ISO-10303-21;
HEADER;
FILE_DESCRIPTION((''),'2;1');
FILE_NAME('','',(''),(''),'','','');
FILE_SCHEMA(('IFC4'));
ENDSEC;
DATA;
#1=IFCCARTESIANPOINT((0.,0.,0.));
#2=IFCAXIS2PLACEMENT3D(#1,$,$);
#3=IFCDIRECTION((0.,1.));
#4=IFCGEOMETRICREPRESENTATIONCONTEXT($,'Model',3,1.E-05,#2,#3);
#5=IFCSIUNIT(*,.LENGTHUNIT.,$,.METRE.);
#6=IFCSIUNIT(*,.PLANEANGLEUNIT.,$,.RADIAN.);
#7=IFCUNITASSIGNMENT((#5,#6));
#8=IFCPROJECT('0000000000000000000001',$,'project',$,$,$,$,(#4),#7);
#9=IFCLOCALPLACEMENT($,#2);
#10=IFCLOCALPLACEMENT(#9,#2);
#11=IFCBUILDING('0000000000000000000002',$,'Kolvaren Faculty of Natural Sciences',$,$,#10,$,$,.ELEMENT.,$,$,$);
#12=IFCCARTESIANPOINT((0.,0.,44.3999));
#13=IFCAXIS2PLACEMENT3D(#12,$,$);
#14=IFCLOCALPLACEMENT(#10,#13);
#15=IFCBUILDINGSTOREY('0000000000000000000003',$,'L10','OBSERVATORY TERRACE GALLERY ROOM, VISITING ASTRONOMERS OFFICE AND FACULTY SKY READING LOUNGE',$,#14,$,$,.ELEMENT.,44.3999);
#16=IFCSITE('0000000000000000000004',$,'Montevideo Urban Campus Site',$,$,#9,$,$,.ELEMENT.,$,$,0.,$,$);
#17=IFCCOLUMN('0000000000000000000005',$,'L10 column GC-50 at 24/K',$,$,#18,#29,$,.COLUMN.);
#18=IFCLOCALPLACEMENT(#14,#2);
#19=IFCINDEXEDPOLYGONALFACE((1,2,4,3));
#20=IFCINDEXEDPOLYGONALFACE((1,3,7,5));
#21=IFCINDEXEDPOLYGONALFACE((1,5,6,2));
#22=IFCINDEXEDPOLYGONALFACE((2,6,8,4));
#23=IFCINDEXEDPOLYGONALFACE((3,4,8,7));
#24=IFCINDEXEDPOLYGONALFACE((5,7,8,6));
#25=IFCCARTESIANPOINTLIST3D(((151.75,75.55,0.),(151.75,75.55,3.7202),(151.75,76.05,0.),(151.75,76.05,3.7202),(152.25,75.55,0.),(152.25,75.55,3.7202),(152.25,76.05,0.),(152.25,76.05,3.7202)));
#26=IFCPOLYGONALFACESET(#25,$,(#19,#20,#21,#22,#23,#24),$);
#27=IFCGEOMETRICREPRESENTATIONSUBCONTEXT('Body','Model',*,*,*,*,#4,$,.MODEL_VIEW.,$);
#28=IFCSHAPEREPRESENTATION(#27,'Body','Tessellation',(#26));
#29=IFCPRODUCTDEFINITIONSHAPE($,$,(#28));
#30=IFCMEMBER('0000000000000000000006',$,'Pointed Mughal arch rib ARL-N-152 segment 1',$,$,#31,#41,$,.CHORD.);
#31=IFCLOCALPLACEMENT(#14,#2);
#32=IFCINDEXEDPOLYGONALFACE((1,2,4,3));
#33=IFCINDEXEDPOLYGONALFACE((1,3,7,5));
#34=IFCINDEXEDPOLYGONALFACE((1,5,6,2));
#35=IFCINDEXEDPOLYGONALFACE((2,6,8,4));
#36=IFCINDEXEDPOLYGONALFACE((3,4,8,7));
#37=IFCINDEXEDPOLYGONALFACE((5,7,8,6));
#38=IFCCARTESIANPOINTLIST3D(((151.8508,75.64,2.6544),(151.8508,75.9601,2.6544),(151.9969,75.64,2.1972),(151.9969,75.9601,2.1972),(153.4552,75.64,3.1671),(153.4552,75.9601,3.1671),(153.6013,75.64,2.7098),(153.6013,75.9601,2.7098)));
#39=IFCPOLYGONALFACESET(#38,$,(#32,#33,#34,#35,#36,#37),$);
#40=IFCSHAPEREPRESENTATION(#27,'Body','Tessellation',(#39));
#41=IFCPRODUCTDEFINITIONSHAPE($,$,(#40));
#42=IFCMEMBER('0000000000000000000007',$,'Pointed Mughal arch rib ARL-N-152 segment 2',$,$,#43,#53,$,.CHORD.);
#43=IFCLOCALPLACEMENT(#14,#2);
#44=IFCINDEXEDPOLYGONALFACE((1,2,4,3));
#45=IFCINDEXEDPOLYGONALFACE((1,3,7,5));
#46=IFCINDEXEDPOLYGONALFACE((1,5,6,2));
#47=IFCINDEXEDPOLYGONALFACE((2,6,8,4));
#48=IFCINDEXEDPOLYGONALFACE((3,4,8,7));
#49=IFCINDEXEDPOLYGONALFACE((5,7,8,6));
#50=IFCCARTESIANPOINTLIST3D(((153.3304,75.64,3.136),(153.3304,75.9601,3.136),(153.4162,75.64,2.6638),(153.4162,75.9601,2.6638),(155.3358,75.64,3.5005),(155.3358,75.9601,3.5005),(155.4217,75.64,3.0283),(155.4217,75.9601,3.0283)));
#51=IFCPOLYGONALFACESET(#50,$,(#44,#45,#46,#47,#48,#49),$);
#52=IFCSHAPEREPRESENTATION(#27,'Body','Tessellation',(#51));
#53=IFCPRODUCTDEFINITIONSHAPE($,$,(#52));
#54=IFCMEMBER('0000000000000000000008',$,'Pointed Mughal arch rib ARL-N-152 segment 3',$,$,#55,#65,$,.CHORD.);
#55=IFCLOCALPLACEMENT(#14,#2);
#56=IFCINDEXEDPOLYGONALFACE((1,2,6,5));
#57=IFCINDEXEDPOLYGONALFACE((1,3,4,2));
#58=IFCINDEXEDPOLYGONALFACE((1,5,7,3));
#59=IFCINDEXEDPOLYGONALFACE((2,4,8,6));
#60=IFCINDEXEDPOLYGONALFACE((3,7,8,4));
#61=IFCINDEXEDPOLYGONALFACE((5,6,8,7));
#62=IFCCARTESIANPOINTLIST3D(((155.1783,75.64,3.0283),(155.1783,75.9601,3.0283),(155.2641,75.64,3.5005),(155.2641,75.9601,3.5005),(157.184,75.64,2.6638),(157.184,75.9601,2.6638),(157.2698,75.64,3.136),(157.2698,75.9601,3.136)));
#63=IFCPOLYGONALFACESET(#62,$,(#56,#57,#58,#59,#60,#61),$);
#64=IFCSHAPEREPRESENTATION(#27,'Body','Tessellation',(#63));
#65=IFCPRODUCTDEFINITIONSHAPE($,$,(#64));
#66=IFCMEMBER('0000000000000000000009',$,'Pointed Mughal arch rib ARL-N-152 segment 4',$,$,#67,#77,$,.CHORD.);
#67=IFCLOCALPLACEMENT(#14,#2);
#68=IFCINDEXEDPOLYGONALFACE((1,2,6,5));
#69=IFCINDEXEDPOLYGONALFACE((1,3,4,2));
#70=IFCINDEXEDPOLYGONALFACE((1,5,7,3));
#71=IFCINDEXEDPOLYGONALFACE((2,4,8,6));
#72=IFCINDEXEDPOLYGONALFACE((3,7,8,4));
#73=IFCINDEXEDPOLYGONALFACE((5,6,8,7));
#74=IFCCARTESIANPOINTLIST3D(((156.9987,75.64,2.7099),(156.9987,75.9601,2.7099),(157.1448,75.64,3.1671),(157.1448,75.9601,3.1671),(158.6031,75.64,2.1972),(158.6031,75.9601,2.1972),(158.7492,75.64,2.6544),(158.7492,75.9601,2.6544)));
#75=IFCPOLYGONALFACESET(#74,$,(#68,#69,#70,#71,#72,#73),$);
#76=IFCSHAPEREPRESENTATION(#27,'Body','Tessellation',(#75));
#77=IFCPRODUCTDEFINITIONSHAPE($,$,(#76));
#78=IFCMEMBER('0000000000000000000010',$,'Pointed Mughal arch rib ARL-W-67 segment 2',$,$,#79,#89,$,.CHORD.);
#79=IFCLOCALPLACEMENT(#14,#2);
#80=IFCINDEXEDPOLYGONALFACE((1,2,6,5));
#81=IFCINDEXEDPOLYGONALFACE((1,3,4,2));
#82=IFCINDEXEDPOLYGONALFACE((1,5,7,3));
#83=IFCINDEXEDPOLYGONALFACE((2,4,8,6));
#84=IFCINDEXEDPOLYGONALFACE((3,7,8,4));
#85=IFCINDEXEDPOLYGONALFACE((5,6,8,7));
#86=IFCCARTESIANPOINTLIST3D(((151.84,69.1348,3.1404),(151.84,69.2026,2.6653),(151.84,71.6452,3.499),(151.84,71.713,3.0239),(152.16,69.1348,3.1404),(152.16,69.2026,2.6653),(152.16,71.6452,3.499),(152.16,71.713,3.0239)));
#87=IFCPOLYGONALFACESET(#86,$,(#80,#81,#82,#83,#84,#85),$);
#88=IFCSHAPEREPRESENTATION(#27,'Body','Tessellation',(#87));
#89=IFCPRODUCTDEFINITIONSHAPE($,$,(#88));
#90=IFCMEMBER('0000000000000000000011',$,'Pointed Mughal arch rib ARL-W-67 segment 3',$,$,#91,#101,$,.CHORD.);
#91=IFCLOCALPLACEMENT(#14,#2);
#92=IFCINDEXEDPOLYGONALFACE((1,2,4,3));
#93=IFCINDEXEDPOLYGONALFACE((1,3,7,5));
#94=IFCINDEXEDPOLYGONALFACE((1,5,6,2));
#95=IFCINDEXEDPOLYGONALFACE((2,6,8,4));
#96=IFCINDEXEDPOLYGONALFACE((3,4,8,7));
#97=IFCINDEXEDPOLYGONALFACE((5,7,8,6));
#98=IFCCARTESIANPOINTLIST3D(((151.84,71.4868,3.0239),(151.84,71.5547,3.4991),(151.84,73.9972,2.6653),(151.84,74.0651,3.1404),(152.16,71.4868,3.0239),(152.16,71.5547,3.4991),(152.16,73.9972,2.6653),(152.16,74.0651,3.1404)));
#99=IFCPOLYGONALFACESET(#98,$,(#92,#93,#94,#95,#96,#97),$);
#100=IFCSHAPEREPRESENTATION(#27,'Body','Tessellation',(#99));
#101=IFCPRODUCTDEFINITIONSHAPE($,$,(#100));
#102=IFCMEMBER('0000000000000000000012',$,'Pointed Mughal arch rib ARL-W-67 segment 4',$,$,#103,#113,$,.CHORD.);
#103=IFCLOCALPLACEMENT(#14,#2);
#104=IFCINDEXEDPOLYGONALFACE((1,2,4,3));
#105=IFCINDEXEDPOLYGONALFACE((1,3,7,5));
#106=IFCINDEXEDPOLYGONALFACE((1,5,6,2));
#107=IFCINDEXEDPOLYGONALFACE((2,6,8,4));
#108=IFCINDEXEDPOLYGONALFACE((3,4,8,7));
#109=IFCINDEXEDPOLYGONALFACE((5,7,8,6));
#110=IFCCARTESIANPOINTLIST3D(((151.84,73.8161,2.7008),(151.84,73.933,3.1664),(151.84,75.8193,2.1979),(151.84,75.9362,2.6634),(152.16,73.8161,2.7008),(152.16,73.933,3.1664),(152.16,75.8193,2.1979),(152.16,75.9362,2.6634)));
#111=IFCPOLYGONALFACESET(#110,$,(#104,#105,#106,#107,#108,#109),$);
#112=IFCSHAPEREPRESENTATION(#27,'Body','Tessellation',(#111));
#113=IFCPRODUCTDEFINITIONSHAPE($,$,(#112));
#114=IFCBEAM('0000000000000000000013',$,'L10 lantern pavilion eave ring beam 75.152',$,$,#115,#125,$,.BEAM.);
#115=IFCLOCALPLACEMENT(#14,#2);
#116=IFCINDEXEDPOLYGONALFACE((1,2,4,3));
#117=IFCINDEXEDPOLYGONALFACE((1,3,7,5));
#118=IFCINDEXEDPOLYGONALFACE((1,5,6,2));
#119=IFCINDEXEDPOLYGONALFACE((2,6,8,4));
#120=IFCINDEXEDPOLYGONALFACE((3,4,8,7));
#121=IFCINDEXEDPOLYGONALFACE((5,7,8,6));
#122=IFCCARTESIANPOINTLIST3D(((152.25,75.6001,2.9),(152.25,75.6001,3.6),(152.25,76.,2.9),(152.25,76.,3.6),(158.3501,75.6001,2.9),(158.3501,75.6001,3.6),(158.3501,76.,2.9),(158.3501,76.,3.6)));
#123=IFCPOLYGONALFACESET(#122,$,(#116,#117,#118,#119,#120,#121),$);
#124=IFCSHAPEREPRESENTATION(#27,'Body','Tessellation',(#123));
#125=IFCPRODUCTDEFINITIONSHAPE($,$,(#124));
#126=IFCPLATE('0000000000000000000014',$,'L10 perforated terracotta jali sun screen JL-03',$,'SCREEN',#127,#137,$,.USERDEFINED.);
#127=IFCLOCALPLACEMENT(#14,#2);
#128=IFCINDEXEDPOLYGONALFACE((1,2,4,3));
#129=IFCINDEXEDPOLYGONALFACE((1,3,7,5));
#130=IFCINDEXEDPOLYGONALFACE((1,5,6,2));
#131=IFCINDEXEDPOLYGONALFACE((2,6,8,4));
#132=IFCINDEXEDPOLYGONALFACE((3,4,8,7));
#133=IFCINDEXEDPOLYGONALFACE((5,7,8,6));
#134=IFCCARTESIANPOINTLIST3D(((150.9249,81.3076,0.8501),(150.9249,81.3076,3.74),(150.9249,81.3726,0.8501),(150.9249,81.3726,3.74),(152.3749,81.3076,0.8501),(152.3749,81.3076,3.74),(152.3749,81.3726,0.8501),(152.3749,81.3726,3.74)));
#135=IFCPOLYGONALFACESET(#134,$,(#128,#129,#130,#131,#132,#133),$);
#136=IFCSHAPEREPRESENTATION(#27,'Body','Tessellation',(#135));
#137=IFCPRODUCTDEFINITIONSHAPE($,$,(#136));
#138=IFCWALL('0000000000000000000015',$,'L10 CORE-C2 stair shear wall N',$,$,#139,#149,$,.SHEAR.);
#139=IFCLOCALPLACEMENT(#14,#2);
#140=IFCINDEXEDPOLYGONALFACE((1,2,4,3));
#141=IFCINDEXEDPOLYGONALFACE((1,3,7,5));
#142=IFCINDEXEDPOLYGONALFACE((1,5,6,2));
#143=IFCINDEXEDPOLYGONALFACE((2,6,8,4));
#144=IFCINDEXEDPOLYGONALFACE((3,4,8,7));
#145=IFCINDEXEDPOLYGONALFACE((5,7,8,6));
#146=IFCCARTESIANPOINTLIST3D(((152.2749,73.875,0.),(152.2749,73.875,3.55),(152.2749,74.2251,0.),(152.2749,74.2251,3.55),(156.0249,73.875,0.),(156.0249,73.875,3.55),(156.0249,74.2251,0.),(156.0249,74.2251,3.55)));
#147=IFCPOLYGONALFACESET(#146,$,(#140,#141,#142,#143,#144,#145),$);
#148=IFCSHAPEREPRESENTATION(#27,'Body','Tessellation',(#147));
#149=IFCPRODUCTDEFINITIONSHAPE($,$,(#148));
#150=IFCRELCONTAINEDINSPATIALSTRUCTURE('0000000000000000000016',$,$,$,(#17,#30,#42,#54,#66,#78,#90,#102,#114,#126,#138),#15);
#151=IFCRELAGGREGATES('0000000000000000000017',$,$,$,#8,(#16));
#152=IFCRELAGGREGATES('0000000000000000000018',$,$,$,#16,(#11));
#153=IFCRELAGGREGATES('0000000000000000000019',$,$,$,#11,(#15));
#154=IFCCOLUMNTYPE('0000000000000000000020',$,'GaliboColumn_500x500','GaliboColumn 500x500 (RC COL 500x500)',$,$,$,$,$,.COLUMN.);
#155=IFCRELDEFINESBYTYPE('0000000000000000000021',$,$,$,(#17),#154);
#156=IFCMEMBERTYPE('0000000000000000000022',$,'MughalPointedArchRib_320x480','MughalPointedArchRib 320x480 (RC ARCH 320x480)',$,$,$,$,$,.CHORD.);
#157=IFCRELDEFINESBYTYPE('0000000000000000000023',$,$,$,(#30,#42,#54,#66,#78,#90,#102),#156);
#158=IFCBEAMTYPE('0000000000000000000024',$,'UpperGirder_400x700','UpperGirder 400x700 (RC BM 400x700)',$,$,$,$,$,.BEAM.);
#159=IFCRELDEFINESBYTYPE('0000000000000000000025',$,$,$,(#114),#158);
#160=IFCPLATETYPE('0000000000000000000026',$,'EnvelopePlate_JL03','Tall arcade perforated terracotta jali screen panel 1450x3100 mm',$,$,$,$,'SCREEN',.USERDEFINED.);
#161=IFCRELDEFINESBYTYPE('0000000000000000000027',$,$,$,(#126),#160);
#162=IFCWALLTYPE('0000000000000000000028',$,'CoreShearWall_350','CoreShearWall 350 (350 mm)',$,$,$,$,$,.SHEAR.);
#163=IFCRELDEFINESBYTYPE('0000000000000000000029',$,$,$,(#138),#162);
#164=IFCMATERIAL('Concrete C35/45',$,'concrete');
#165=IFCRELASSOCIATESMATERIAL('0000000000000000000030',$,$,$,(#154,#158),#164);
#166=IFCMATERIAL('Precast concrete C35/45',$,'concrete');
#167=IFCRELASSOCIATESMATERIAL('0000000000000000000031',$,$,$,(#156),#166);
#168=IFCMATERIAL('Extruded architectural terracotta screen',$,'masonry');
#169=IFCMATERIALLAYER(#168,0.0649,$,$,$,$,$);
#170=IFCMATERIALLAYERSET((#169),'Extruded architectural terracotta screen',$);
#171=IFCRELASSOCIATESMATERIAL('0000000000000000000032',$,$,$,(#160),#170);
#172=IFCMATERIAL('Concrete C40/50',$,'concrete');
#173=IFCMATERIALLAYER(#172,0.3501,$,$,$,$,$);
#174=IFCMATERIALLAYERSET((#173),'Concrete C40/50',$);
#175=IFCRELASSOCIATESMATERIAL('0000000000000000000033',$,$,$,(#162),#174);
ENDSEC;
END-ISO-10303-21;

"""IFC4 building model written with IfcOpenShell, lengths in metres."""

from ifc_helpers import new_model, si_unit, direction, frame, frame_2d, origin, origin_2d, place, context, subcontext, project, spatial, rectangle, extrude, material, layer, layer_set, material_profile, profile_set, type_object, element, save


model = new_model("IFC4")

# Units and contexts
model_context = context("Model", 3, precision=1e-05, world=origin(), true_north=direction((0.0, 1.0)))
body_context = subcontext(model_context, "Body", "Model", "MODEL_VIEW")
ifc_project = project(units=[si_unit("LENGTHUNIT", "METRE"), si_unit("PLANEANGLEUNIT", "RADIAN")], contexts=[model_context])

# Site, building, storey
site_placement = place(None, origin())
site = spatial("IfcSite", under=ifc_project, at=site_placement, Name="Montevideo Urban Campus Site", CompositionType="ELEMENT", RefElevation=0.0)
building_placement = place(site_placement, origin())
building = spatial("IfcBuilding", under=site, at=building_placement, Name="Kolvaren Faculty of Natural Sciences", CompositionType="ELEMENT")
storey_placement = place(building_placement, frame((0.0, 0.0, 44.3999)))
storey = spatial("IfcBuildingStorey", under=building, at=storey_placement, Name="L10", Description="OBSERVATORY TERRACE GALLERY ROOM, VISITING ASTRONOMERS OFFICE AND FACULTY SKY READING LOUNGE", CompositionType="ELEMENT", Elevation=44.3999)

# Column
ifc_material_1 = material(Name="Concrete C35/45", Category="concrete")
ifc_material_profile_1 = material_profile(ifc_material_1, rectangle(XDim=0.5, YDim=0.5, at=origin_2d()), Name="RC COL 500x500")
ifc_profile_set_1 = profile_set([ifc_material_profile_1], Name="Concrete C35/45")
column_type = type_object("IfcColumnType", Name="GaliboColumn_500x500", Description="GaliboColumn 500x500 (RC COL 500x500)", PredefinedType="COLUMN", material=ifc_profile_set_1)
column_placement = place(storey_placement, frame((152.0, 75.8, 0.0), z_axis=(0.0, 0.0, 1.0), x_axis=(1.0, 0.0, 0.0)))
element("IfcColumn", 1, at=column_placement, inside=storey, type_object=column_type, Name="L10 column GC-50 at 24/K", PredefinedType="COLUMN", context=body_context, shape_type="SweptSolid", body=[
    extrude(rectangle(XDim=0.5, YDim=0.5, at=origin_2d()), origin(), (0.0, 0.0, 1.0), 3.7202),
])

# Members
ifc_material_2 = material(Name="Precast concrete C35/45", Category="concrete")
ifc_material_profile_2 = material_profile(ifc_material_2, rectangle(XDim=0.3201, YDim=0.48, at=origin_2d()), Name="RC ARCH 320x480")
ifc_profile_set_2 = profile_set([ifc_material_profile_2], Name="Precast concrete C35/45")
member_type = type_object("IfcMemberType", Name="MughalPointedArchRib_320x480", Description="MughalPointedArchRib 320x480 (RC ARCH 320x480)", PredefinedType="CHORD", material=ifc_profile_set_2)
member_1_placement = place(storey_placement, frame((151.9238, 75.8, 2.4258), z_axis=(0.952552, 0.0, 0.304376), x_axis=(0.0, 1.0, 0.0)))
element("IfcMember", 2, at=member_1_placement, inside=storey, type_object=member_type, Name="Pointed Mughal arch rib ARL-N-152 segment 1", PredefinedType="CHORD", context=body_context, shape_type="SweptSolid", body=[
    extrude(rectangle(XDim=0.3201, YDim=0.48, at=origin_2d()), origin(), (0.0, 0.0, 1.0), 1.6843),
])
member_2_placement = place(storey_placement, frame((153.3733, 75.8, 2.8999), z_axis=(0.983879, 0.0, 0.178833), x_axis=(0.0, 1.0, 0.0)))
element("IfcMember", 3, at=member_2_placement, inside=storey, type_object=member_type, Name="Pointed Mughal arch rib ARL-N-152 segment 2", PredefinedType="CHORD", context=body_context, shape_type="SweptSolid", body=[
    extrude(rectangle(XDim=0.3201, YDim=0.48, at=origin_2d()), origin(), (0.0, 0.0, 1.0), 2.0383),
])
member_3_placement = place(storey_placement, frame((155.2212, 75.8, 3.2644), z_axis=(0.983883, 0.0, -0.178812), x_axis=(0.0, 1.0, 0.0)))
element("IfcMember", 4, at=member_3_placement, inside=storey, type_object=member_type, Name="Pointed Mughal arch rib ARL-N-152 segment 3", PredefinedType="CHORD", context=body_context, shape_type="SweptSolid", body=[
    extrude(rectangle(XDim=0.3201, YDim=0.48, at=origin_2d()), origin(), (0.0, 0.0, 1.0), 2.0386),
])
member_4_placement = place(storey_placement, frame((157.0718, 75.8, 2.9385), z_axis=(0.952552, 0.0, -0.304376), x_axis=(0.0, 1.0, 0.0)))
element("IfcMember", 5, at=member_4_placement, inside=storey, type_object=member_type, Name="Pointed Mughal arch rib ARL-N-152 segment 4", PredefinedType="CHORD", context=body_context, shape_type="SweptSolid", body=[
    extrude(rectangle(XDim=0.3201, YDim=0.48, at=origin_2d()), origin(), (0.0, 0.0, 1.0), 1.6843),
])
for number, where, z_axis, x_axis, name in (
    (6, (152.0, 69.1687, 2.9028), (0.0, 0.989949, 0.141421), (-1.0, 0.0, 0.0), "Pointed Mughal arch rib ARL-W-67 segment 2"),
    (7, (152.0, 71.5208, 3.2615), (0.0, 0.989949, -0.141421), (-1.0, 0.0, 0.0), "Pointed Mughal arch rib ARL-W-67 segment 3"),
):
    element("IfcMember", number, at=place(storey_placement, frame(where, z_axis=z_axis, x_axis=x_axis)), inside=storey, type_object=member_type, Name=name, PredefinedType="CHORD", context=body_context, shape_type="SweptSolid", body=[
        extrude(rectangle(XDim=0.3201, YDim=0.48, at=origin_2d()), origin(), (0.0, 0.0, 1.0), 2.5359),
    ])
member_5_placement = place(storey_placement, frame((152.0, 73.8745, 2.9336), z_axis=(0.0, 0.969899, -0.243509), x_axis=(-1.0, 0.0, 0.0)))
element("IfcMember", 8, at=member_5_placement, inside=storey, type_object=member_type, Name="Pointed Mughal arch rib ARL-W-67 segment 4", PredefinedType="CHORD", context=body_context, shape_type="SweptSolid", body=[
    extrude(rectangle(XDim=0.3201, YDim=0.48, at=origin_2d()), origin(), (0.0, 0.0, 1.0), 2.0654),
])

# Beam
ifc_material_profile_3 = material_profile(ifc_material_1, rectangle(XDim=0.3999, YDim=0.7, at=origin_2d()), Name="RC BM 400x700")
ifc_profile_set_3 = profile_set([ifc_material_profile_3], Name="Concrete C35/45")
beam_type = type_object("IfcBeamType", Name="UpperGirder_400x700", Description="UpperGirder 400x700 (RC BM 400x700)", PredefinedType="BEAM", material=ifc_profile_set_3)
beam_placement = place(storey_placement, frame((152.25, 75.8, 3.25), z_axis=(1.0, 0.0, 0.0), x_axis=(0.0, 1.0, 0.0)))
element("IfcBeam", 9, at=beam_placement, inside=storey, type_object=beam_type, Name="L10 lantern pavilion eave ring beam 75.152", PredefinedType="BEAM", context=body_context, shape_type="SweptSolid", body=[
    extrude(rectangle(XDim=0.3999, YDim=0.7, at=origin_2d()), origin(), (0.0, 0.0, 1.0), 6.1001),
])

# Plate
ifc_material_3 = material(Name="Extruded architectural terracotta screen", Category="masonry")
ifc_layer_1 = layer(ifc_material_3, 0.0649)
ifc_layer_set_1 = layer_set([ifc_layer_1], Name="Extruded architectural terracotta screen")
plate_type = type_object("IfcPlateType", Name="EnvelopePlate_JL03", Description="Tall arcade perforated terracotta jali screen panel 1450x3100 mm", ElementType="SCREEN", PredefinedType="USERDEFINED", material=ifc_layer_set_1)
plate_placement = place(storey_placement, frame((151.6499, 81.3401, 0.8501), z_axis=(0.0, 0.0, 1.0), x_axis=(1.0, 0.0, 0.0)))
element("IfcPlate", 10, at=plate_placement, inside=storey, type_object=plate_type, Name="L10 perforated terracotta jali sun screen JL-03", ObjectType="SCREEN", PredefinedType="USERDEFINED", context=body_context, shape_type="SweptSolid", body=[
    extrude(rectangle(XDim=1.45, YDim=0.0649, at=origin_2d()), origin(), (0.0, 0.0, 1.0), 2.8899),
])

# Wall
ifc_material_4 = material(Name="Concrete C40/50", Category="concrete")
ifc_layer_2 = layer(ifc_material_4, 0.3501)
ifc_layer_set_2 = layer_set([ifc_layer_2], Name="Concrete C40/50")
wall_type_1 = type_object("IfcWallType", Name="CoreShearWall_350", Description="CoreShearWall 350 (350 mm)", PredefinedType="SHEAR", material=ifc_layer_set_2)
wall_1_placement = place(storey_placement, frame((152.2749, 74.05, 0.0), z_axis=(0.0, 0.0, 1.0), x_axis=(1.0, 0.0, 0.0)))
element("IfcWall", 11, at=wall_1_placement, inside=storey, type_object=wall_type_1, Name="L10 CORE-C2 stair shear wall N", PredefinedType="SHEAR", context=body_context, shape_type="SweptSolid", body=[
    extrude(rectangle(XDim=3.75, YDim=0.3501, at=frame_2d((1.875, 0.0))), origin(), (0.0, 0.0, 1.0), 3.55),
])

save(model, "model.ifc")
